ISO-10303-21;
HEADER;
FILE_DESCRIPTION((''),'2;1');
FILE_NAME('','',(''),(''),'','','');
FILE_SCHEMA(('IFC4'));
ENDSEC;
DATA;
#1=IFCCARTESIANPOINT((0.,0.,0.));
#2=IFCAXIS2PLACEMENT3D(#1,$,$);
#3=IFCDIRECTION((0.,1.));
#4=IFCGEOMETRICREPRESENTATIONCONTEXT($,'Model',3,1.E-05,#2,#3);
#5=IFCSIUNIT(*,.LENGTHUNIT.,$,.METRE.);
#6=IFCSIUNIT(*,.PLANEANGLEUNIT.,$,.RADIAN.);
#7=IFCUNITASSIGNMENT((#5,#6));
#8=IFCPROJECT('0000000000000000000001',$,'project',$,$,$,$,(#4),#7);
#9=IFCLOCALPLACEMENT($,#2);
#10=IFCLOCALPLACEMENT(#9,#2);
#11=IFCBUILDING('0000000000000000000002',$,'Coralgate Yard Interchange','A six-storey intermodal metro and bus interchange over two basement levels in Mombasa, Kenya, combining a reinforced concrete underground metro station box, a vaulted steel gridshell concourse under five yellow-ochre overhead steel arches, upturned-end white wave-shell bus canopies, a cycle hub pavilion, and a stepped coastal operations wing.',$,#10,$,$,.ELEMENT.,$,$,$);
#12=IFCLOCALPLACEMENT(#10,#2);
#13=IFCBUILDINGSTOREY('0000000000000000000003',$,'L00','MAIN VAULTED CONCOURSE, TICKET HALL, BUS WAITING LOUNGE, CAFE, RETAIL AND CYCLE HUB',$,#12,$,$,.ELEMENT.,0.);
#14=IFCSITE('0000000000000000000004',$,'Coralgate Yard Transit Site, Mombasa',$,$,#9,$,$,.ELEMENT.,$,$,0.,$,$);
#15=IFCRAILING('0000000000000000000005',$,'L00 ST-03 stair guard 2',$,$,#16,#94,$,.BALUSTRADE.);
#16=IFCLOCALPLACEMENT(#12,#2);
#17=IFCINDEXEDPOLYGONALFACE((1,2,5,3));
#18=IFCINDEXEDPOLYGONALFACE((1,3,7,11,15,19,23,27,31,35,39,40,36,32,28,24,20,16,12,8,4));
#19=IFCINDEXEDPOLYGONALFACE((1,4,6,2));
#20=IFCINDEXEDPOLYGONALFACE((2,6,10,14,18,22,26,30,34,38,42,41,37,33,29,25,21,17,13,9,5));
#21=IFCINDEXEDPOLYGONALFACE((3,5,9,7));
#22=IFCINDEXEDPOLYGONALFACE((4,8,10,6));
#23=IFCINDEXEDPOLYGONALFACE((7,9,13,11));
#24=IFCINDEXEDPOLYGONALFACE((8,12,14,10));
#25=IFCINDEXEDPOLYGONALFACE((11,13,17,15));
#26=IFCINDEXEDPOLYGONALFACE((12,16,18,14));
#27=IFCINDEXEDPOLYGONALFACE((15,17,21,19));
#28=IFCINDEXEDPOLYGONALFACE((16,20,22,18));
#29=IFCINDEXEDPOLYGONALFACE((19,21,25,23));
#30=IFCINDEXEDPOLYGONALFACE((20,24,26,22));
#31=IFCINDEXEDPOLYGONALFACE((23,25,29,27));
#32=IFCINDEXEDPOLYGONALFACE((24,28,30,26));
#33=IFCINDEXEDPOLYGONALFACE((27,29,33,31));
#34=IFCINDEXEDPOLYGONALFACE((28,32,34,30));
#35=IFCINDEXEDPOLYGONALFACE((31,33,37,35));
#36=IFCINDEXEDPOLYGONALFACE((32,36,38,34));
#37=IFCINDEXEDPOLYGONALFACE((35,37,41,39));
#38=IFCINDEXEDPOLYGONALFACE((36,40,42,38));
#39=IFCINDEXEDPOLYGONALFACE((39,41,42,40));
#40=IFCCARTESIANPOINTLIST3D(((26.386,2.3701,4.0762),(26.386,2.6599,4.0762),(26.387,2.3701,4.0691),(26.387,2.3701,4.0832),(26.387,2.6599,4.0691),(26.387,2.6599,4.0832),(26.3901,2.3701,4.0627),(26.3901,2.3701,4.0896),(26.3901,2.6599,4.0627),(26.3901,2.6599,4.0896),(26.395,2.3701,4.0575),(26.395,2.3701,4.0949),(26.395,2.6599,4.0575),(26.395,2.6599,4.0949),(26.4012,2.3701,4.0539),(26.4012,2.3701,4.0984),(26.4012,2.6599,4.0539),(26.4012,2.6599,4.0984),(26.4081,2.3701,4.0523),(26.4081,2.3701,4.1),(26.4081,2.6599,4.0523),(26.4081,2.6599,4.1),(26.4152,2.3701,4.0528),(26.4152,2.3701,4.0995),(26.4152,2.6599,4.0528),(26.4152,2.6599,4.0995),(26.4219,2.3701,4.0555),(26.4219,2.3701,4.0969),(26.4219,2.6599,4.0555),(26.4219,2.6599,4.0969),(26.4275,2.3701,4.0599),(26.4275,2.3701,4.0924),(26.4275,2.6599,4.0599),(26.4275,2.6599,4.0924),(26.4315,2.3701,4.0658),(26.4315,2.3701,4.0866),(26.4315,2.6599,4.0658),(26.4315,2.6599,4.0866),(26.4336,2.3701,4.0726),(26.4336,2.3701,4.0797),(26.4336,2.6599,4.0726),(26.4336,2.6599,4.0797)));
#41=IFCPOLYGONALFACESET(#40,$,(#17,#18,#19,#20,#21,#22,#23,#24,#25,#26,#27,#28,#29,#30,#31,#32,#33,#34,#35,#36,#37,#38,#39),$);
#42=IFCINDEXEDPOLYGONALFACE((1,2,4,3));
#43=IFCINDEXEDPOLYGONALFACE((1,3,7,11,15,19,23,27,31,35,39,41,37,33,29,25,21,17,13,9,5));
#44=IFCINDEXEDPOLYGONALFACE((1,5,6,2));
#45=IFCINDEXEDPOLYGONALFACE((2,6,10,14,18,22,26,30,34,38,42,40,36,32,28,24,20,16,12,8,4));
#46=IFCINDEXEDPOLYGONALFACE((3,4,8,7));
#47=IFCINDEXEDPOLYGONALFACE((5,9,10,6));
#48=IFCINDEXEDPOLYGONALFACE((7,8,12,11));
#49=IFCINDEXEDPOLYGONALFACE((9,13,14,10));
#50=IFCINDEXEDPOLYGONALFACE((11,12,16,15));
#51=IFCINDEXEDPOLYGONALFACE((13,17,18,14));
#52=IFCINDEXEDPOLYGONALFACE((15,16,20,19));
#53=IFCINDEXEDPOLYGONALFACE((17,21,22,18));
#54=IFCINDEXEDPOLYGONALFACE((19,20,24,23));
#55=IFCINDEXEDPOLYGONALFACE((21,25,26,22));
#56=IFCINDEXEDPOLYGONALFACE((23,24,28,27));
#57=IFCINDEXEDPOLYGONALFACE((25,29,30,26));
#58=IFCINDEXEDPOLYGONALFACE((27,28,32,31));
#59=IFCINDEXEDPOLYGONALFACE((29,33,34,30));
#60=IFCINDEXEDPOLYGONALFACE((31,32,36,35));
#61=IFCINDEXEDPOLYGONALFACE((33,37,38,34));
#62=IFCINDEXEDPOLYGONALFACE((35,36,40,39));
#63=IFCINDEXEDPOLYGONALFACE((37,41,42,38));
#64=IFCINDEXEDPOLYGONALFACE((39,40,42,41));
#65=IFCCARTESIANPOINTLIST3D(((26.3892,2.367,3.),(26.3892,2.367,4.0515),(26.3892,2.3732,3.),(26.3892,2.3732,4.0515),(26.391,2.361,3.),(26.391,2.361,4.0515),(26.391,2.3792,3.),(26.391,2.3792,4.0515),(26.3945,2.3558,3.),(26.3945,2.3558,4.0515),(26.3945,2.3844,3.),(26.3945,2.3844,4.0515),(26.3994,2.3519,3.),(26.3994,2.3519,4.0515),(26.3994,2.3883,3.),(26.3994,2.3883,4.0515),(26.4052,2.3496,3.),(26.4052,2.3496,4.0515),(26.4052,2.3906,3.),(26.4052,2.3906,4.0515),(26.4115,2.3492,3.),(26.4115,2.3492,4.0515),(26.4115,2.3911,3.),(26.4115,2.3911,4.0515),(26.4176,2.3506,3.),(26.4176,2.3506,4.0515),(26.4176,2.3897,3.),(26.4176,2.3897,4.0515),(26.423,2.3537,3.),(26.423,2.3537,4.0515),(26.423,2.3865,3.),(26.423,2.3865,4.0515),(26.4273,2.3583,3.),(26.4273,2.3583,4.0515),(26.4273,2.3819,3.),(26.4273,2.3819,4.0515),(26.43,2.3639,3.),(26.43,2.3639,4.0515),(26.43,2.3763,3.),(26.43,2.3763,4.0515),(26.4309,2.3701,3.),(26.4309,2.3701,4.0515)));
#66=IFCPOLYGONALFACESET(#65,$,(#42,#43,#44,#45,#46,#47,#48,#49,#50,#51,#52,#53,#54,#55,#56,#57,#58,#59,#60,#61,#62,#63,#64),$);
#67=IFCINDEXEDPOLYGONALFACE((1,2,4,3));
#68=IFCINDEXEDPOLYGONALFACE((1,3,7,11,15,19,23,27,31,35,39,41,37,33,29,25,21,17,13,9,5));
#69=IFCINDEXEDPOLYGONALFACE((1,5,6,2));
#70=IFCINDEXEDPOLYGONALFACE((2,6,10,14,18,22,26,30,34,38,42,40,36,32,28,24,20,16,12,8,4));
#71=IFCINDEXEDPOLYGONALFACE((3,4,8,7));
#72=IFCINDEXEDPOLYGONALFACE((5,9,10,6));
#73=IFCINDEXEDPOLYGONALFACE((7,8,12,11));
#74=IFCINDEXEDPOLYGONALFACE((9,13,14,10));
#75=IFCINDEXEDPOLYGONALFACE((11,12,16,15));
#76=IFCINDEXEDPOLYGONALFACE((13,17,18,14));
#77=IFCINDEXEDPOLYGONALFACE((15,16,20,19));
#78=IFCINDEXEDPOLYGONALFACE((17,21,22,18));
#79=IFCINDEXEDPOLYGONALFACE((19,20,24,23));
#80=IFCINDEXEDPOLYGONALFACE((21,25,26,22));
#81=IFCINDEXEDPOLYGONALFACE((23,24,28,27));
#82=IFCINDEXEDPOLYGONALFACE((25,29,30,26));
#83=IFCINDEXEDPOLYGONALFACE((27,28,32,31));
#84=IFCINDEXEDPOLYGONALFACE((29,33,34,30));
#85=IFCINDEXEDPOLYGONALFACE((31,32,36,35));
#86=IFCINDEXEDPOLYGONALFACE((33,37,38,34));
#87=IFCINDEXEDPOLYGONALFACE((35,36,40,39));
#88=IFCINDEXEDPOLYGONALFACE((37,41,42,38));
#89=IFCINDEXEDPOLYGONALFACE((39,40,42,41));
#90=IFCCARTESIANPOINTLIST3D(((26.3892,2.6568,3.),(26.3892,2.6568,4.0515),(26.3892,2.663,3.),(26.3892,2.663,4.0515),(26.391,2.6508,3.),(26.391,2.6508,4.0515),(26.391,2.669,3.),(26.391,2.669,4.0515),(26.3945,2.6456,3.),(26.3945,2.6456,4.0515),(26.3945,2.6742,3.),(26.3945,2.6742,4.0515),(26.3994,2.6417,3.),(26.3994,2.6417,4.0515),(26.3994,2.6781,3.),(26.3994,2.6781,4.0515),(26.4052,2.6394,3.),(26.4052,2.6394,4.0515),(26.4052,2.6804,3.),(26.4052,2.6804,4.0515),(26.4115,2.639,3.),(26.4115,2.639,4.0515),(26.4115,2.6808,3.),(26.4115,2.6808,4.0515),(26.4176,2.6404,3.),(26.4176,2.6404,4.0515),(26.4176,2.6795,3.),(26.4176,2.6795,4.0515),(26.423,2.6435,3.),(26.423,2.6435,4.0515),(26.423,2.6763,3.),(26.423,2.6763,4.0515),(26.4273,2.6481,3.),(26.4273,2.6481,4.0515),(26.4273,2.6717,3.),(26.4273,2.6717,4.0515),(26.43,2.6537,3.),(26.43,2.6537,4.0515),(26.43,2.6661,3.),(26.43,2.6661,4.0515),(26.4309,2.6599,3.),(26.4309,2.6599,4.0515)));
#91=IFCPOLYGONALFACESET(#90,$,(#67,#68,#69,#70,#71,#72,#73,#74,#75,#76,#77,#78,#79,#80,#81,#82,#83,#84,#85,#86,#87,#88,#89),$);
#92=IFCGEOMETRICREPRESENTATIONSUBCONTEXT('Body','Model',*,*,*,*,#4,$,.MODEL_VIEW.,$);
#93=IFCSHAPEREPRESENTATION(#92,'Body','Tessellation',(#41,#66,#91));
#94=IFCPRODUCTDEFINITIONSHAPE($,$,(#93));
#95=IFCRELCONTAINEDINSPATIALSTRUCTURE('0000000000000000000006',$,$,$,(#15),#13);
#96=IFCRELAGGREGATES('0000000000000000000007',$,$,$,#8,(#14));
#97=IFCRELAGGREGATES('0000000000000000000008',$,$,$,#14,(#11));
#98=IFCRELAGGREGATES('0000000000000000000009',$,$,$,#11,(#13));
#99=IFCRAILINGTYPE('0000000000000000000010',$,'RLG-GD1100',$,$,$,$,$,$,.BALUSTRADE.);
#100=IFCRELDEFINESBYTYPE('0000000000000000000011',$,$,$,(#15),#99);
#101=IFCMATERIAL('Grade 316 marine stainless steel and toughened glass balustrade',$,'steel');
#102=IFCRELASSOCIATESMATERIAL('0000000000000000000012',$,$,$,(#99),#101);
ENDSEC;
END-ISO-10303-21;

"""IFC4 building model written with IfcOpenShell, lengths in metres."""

from ifc_helpers import new_model, si_unit, direction, frame, origin, origin_2d, place, context, subcontext, project, spatial, circle, extrude, material, type_object, element, save


model = new_model("IFC4")

# Units and contexts
model_context = context("Model", 3, precision=1e-05, world=origin(), true_north=direction((0.0, 1.0)))
body_context = subcontext(model_context, "Body", "Model", "MODEL_VIEW")
ifc_project = project(units=[si_unit("LENGTHUNIT", "METRE"), si_unit("PLANEANGLEUNIT", "RADIAN")], contexts=[model_context])

# Site, building, storey
site_placement = place(None, origin())
site = spatial("IfcSite", under=ifc_project, at=site_placement, Name="Coralgate Yard Transit Site, Mombasa", CompositionType="ELEMENT", RefElevation=0.0)
building_placement = place(site_placement, origin())
building = spatial("IfcBuilding", under=site, at=building_placement, Name="Coralgate Yard Interchange", Description="A six-storey intermodal metro and bus interchange over two basement levels in Mombasa, Kenya, combining a reinforced concrete underground metro station box, a vaulted steel gridshell concourse under five yellow-ochre overhead steel arches, upturned-end white wave-shell bus canopies, a cycle hub pavilion, and a stepped coastal operations wing.", CompositionType="ELEMENT")
storey_placement = place(building_placement, origin())
storey = spatial("IfcBuildingStorey", under=building, at=storey_placement, Name="L00", Description="MAIN VAULTED CONCOURSE, TICKET HALL, BUS WAITING LOUNGE, CAFE, RETAIL AND CYCLE HUB", CompositionType="ELEMENT", Elevation=0.0)

# Railing
ifc_material_1 = material(Name="Grade 316 marine stainless steel and toughened glass balustrade", Category="steel")
railing_type_1 = type_object("IfcRailingType", Name="RLG-GD1100", PredefinedType="BALUSTRADE", material=ifc_material_1)
railing_1_placement = place(storey_placement, frame((26.4099, 2.3701, 3.0)))
element("IfcRailing", 1, at=railing_1_placement, inside=storey, type_object=railing_type_1, Name="L00 ST-03 stair guard 2", PredefinedType="BALUSTRADE", context=body_context, shape_type="SweptSolid", body=[
    extrude(circle(Radius=0.0239, at=origin_2d()), frame((0.0, 0.0, 1.0762), z_axis=(0.0, 1.0, 0.0), x_axis=(-1.0, 0.0, 0.0)), (0.0, 0.0, 1.0), 0.2898),
    extrude(circle(Radius=0.021, at=origin_2d()), origin(), (0.0, 0.0, 1.0), 1.0515),
    extrude(circle(Radius=0.021, at=origin_2d()), frame((0.0, 0.2898, 0.0)), (0.0, 0.0, 1.0), 1.0515),
])

save(model, "model.ifc")
